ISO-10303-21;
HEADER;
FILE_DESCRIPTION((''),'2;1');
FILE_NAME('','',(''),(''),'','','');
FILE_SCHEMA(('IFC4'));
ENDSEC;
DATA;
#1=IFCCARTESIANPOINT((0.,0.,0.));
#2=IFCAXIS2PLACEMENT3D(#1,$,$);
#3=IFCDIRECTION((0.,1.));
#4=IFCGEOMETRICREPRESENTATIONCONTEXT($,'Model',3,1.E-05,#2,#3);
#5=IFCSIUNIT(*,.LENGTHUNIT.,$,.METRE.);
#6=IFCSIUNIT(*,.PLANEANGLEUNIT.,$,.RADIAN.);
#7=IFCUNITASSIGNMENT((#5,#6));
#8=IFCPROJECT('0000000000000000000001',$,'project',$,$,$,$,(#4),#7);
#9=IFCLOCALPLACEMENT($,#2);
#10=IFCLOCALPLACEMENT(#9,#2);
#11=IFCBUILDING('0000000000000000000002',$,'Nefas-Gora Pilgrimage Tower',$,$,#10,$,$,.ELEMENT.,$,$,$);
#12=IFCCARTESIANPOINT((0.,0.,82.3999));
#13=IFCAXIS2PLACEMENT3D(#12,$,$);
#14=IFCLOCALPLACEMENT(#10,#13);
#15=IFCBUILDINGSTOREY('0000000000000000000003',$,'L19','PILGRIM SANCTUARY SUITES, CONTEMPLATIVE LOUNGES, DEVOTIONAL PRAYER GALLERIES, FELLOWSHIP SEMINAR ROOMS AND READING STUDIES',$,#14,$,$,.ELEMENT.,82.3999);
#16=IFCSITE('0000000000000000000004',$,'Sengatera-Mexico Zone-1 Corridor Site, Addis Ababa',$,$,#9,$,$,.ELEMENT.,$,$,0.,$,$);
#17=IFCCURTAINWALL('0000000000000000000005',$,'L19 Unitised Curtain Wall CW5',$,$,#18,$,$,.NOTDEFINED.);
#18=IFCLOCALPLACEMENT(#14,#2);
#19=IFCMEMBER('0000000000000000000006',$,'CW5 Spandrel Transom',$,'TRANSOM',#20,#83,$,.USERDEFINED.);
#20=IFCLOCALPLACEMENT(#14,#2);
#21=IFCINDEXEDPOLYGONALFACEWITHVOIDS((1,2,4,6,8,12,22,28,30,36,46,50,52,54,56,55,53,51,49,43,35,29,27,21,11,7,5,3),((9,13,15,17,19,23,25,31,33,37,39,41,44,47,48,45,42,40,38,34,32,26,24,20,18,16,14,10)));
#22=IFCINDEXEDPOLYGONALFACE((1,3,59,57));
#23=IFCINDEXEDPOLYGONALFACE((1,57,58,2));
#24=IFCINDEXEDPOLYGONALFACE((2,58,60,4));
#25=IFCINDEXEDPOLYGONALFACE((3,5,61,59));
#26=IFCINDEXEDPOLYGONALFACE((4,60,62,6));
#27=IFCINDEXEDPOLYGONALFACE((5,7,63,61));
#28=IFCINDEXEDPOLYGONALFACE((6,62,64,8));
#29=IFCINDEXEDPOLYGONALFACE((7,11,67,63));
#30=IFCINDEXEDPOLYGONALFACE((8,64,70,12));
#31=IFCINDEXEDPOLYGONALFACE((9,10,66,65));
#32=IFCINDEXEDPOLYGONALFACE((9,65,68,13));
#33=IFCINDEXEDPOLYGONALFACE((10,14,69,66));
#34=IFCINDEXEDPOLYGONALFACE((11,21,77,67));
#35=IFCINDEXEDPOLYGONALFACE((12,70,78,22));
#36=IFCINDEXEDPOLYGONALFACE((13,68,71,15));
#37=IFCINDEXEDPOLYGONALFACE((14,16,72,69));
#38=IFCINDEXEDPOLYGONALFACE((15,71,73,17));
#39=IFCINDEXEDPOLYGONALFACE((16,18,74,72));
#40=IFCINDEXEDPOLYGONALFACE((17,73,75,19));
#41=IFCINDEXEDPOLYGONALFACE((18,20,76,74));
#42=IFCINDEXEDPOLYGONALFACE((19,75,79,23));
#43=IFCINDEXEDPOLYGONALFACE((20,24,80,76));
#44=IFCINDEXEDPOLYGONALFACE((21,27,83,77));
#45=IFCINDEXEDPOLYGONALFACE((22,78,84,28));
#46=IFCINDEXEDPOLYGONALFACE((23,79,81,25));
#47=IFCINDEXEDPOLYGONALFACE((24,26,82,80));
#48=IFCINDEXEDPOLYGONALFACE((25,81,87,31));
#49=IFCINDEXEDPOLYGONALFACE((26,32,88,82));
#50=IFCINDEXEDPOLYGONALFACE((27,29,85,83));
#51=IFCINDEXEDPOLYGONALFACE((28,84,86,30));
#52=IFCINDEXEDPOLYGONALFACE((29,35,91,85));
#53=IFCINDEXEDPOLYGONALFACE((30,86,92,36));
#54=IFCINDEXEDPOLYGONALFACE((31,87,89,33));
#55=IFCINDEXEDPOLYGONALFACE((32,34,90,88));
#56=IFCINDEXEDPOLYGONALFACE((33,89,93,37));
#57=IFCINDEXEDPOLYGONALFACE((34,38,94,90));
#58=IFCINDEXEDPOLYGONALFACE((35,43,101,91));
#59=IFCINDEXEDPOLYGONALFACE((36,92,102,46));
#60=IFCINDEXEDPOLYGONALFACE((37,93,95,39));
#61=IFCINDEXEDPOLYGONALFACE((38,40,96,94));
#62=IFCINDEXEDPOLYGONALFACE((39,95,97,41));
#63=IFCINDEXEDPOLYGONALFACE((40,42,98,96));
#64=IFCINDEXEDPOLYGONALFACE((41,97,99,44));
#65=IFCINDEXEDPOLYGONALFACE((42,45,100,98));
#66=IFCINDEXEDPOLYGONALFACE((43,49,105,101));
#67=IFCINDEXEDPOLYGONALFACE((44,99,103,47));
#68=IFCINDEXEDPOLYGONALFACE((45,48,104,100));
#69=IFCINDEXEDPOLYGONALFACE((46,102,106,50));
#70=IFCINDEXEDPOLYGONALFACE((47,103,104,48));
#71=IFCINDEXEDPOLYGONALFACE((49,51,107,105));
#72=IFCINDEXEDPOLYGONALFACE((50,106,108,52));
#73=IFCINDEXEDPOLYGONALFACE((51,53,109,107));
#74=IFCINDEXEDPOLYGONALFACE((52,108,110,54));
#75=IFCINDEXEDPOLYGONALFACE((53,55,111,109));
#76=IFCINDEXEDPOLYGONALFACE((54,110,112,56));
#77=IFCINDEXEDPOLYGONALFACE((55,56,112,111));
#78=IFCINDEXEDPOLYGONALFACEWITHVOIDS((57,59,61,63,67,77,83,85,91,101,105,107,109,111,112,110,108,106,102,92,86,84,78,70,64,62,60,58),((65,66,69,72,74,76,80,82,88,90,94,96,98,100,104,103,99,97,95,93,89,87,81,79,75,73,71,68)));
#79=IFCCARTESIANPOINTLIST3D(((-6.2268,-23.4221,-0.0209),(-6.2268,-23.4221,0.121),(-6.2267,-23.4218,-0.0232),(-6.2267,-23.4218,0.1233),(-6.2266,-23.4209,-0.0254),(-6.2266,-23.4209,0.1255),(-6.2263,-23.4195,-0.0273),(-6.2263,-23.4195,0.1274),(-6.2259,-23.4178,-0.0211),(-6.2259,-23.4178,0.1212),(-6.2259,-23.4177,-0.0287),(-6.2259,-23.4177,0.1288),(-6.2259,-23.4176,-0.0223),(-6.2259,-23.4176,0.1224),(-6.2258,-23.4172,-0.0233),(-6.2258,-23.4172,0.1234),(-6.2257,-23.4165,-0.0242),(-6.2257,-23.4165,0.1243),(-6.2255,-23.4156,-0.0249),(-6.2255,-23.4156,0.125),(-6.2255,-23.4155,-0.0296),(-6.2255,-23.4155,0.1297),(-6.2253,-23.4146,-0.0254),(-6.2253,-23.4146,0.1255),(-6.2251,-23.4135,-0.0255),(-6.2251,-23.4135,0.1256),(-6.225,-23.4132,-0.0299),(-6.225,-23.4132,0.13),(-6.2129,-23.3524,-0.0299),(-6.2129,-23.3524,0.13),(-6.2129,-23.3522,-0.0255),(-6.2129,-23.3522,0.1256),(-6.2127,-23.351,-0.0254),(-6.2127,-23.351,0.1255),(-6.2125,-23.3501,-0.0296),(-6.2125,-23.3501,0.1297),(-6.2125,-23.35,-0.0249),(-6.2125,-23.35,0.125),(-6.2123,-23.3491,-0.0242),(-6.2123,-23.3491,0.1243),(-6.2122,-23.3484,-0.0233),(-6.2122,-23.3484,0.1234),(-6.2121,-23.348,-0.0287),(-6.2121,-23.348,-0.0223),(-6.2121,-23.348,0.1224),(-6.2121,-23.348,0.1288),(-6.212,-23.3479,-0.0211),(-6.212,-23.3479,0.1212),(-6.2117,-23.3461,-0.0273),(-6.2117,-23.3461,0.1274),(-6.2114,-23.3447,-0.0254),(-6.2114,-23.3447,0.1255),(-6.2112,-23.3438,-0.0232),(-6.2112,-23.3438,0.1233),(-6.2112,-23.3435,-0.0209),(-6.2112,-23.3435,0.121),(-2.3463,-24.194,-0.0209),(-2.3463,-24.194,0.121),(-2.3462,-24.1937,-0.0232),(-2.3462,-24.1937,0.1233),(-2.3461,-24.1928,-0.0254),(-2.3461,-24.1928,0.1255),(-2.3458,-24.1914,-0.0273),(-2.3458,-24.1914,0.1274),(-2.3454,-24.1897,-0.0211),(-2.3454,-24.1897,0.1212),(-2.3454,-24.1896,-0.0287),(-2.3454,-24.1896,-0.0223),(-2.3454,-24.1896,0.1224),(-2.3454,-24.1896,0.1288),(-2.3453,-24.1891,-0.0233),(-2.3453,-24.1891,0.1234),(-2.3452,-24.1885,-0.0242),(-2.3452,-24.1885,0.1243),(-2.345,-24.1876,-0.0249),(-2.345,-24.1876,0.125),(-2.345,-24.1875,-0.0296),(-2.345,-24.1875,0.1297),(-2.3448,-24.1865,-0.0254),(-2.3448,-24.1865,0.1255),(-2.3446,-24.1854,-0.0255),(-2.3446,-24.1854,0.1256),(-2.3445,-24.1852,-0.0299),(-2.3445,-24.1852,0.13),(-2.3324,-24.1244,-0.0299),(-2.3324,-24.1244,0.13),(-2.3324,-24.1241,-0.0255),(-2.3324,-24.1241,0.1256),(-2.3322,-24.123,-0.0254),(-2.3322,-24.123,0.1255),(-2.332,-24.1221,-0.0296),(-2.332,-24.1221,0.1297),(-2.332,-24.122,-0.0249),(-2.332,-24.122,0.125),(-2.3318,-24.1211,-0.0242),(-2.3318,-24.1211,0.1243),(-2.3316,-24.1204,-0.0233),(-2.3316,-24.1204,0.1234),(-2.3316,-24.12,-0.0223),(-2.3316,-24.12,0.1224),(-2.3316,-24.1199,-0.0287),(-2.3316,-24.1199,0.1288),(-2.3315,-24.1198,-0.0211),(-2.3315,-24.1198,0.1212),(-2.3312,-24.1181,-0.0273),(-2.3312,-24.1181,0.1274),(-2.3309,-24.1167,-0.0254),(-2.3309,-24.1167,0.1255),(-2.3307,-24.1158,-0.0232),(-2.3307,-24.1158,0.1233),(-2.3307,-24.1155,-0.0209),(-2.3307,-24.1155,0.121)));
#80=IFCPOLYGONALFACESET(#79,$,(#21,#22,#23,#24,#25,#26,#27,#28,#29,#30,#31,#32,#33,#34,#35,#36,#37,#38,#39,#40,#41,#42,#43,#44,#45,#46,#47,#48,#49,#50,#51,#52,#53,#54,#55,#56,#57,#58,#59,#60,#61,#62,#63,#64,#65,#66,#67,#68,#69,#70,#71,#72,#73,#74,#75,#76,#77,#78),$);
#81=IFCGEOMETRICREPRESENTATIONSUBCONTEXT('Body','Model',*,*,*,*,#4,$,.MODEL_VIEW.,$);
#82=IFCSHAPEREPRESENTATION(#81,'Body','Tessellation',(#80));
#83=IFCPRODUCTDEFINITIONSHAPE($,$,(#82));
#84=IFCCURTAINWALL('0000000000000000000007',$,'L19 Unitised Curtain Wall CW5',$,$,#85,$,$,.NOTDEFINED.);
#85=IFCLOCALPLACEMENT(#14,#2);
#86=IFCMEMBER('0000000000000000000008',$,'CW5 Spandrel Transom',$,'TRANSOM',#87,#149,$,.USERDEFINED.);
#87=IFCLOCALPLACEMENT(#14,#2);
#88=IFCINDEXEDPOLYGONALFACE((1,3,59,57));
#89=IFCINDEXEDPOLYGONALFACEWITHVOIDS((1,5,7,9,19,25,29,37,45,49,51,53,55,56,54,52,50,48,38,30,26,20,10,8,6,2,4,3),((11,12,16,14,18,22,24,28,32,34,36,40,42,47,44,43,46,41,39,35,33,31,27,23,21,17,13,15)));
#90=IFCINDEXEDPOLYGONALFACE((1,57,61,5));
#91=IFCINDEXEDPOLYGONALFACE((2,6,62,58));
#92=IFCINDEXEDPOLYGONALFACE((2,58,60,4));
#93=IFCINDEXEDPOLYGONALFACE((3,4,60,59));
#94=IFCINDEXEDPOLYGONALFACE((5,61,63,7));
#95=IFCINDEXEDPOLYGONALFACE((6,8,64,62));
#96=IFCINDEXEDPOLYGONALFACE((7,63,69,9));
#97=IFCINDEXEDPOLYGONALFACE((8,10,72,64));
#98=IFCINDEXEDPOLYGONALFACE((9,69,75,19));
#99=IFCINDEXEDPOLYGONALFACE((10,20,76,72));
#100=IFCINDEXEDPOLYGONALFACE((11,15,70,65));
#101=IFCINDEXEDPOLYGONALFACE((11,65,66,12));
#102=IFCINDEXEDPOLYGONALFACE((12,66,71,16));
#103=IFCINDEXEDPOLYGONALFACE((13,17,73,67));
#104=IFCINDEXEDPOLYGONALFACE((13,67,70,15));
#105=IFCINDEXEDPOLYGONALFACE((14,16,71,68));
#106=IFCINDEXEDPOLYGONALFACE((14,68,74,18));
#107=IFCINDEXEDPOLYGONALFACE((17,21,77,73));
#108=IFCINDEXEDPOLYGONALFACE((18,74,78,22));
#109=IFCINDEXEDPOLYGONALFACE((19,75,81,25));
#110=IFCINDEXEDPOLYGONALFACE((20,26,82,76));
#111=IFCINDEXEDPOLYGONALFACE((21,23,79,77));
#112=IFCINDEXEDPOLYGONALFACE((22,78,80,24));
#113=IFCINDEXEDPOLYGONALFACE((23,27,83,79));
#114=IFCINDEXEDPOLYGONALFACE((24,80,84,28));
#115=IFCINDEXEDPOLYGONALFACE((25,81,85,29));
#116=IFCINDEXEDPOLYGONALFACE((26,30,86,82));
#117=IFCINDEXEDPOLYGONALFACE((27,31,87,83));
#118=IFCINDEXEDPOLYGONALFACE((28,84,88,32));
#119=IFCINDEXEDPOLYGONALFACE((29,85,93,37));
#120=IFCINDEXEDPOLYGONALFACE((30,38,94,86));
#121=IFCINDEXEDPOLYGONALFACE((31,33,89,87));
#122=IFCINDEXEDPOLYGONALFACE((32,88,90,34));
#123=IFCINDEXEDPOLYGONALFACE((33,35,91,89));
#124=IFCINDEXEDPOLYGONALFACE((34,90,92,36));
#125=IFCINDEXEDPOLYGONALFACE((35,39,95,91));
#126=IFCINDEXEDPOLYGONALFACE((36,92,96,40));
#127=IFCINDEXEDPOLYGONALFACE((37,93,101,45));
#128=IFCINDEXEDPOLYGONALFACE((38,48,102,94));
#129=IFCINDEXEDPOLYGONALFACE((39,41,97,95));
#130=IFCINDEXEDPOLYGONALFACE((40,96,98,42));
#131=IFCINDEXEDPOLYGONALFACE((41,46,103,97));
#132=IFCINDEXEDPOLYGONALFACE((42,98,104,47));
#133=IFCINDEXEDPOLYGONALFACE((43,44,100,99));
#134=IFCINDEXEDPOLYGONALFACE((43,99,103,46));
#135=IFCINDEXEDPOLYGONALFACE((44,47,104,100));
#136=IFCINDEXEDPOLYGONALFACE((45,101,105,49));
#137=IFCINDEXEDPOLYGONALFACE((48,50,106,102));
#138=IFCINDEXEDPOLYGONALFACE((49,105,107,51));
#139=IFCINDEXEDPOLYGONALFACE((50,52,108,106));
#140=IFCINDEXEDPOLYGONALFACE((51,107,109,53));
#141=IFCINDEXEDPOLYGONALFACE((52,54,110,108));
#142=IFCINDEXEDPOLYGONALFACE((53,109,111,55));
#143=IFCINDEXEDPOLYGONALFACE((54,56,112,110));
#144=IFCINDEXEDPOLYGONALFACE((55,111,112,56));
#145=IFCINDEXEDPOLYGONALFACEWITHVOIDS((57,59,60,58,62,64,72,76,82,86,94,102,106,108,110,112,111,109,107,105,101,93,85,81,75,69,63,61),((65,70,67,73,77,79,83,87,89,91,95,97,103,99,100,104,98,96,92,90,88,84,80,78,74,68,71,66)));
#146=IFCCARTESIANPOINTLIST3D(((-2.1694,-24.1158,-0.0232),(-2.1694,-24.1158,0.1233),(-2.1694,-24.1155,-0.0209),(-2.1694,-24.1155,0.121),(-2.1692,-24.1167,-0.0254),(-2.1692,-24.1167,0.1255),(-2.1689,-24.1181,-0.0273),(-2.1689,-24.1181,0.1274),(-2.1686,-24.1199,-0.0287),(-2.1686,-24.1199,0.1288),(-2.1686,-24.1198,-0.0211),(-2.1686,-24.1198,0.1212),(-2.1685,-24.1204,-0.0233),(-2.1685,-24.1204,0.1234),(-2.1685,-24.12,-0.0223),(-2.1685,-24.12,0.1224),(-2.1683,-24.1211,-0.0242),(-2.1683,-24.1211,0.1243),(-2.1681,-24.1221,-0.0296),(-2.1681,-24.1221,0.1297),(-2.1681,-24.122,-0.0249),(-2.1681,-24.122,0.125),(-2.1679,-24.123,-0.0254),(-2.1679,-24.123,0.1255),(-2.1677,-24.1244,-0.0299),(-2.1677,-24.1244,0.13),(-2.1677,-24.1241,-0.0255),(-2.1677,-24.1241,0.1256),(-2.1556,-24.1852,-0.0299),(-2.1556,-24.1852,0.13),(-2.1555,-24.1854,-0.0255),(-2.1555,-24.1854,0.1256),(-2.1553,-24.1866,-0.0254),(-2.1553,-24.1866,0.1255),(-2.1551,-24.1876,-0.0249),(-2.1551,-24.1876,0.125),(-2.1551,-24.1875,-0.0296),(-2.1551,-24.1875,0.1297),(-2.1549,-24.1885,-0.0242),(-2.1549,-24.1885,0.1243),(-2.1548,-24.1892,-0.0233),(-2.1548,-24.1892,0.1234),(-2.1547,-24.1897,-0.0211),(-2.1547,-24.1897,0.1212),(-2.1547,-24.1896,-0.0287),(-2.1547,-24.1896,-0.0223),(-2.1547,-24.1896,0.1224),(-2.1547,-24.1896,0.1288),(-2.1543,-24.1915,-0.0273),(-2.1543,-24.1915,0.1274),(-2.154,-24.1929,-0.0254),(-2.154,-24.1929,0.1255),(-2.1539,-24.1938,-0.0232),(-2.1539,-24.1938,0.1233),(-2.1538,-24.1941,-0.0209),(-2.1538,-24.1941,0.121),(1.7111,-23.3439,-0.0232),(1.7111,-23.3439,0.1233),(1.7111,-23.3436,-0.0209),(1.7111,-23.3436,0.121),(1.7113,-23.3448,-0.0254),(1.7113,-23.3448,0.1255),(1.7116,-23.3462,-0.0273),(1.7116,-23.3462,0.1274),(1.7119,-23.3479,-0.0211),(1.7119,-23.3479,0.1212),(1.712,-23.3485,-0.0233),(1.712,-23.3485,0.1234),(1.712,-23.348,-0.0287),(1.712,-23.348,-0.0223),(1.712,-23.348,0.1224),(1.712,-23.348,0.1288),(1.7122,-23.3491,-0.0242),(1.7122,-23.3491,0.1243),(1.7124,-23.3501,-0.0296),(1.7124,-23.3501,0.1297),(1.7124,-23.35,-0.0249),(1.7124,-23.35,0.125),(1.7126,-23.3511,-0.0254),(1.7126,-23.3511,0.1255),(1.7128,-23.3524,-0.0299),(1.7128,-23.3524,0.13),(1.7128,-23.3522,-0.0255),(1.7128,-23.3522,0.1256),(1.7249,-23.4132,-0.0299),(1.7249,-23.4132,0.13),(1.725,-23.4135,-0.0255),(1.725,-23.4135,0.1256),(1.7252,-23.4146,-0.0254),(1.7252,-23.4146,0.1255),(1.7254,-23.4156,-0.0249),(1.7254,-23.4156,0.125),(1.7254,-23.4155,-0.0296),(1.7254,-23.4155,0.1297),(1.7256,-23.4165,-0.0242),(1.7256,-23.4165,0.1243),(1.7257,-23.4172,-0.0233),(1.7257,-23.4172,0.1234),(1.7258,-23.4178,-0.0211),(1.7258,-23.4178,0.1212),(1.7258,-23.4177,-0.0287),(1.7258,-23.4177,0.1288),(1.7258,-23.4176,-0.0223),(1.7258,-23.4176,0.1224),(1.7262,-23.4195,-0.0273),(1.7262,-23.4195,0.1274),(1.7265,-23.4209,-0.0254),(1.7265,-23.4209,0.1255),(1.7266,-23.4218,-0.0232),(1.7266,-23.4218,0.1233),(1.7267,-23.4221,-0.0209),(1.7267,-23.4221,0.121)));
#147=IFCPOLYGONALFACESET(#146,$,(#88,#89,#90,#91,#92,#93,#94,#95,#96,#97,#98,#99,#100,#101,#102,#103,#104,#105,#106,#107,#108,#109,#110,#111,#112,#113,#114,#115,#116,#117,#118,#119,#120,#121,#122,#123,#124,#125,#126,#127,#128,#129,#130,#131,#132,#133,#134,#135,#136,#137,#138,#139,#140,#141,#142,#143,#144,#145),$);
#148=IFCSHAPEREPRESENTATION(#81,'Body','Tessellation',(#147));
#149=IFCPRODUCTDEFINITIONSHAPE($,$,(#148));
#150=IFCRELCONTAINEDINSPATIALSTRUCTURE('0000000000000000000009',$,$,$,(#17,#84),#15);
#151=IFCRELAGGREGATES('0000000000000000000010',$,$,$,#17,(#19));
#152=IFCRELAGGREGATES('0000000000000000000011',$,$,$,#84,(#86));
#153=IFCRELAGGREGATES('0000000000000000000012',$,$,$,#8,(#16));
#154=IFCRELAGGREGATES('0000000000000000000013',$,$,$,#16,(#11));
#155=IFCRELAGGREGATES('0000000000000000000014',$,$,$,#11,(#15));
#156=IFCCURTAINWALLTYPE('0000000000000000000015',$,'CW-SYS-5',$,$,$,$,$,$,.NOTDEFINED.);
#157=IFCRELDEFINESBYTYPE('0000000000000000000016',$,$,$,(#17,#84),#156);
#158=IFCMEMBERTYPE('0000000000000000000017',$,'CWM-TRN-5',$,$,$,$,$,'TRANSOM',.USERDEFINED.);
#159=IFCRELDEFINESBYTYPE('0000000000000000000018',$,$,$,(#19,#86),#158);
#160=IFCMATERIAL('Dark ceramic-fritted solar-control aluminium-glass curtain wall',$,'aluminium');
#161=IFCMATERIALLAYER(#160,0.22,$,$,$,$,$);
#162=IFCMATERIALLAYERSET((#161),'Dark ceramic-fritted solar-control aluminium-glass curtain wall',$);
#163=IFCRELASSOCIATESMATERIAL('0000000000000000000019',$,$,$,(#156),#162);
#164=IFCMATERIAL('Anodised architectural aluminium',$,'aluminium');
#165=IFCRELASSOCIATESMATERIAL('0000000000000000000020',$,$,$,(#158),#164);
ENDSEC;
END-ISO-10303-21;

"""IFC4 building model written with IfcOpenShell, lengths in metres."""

from ifc_helpers import new_model, si_unit, direction, frame, origin, origin_2d, place, context, subcontext, project, spatial, hollow_rectangle, extrude, source, transform, mapped, material, layer, layer_set, material_profile, profile_set, type_object, element, aggregate, save


model = new_model("IFC4")

# Units and contexts
model_context = context("Model", 3, precision=1e-05, world=origin(), true_north=direction((0.0, 1.0)))
body_context = subcontext(model_context, "Body", "Model", "MODEL_VIEW")
ifc_project = project(units=[si_unit("LENGTHUNIT", "METRE"), si_unit("PLANEANGLEUNIT", "RADIAN")], contexts=[model_context])

# Site, building, storey
site_placement = place(None, origin())
site = spatial("IfcSite", under=ifc_project, at=site_placement, Name="Sengatera-Mexico Zone-1 Corridor Site, Addis Ababa", CompositionType="ELEMENT", RefElevation=0.0)
building_placement = place(site_placement, origin())
building = spatial("IfcBuilding", under=site, at=building_placement, Name="Nefas-Gora Pilgrimage Tower", CompositionType="ELEMENT")
storey_placement = place(building_placement, frame((0.0, 0.0, 82.3999)))
storey = spatial("IfcBuildingStorey", under=building, at=storey_placement, Name="L19", Description="PILGRIM SANCTUARY SUITES, CONTEMPLATIVE LOUNGES, DEVOTIONAL PRAYER GALLERIES, FELLOWSHIP SEMINAR ROOMS AND READING STUDIES", CompositionType="ELEMENT", Elevation=82.3999)

# Curtain walls, members
ifc_material_1 = material(Name="Dark ceramic-fritted solar-control aluminium-glass curtain wall", Category="aluminium")
ifc_layer_1 = layer(ifc_material_1, 0.22)
ifc_layer_set_1 = layer_set([ifc_layer_1], Name="Dark ceramic-fritted solar-control aluminium-glass curtain wall")
curtain_wall_type = type_object("IfcCurtainWallType", Name="CW-SYS-5", PredefinedType="NOTDEFINED", material=ifc_layer_set_1)
curtain_wall_1_placement = place(storey_placement, origin())
curtain_wall_1 = element("IfcCurtainWall", 1, at=curtain_wall_1_placement, inside=storey, type_object=curtain_wall_type, Name="L19 Unitised Curtain Wall CW5", PredefinedType="NOTDEFINED")
ifc_material_2 = material(Name="Anodised architectural aluminium", Category="aluminium")
ifc_material_profile_1 = material_profile(ifc_material_2, hollow_rectangle(XDim=0.0801, YDim=0.1599, WallThickness=0.0044, InnerFilletRadius=0.0044, OuterFilletRadius=0.009, at=origin_2d()), Name="ALU TRANSOM 80x160")
ifc_profile_set_1 = profile_set([ifc_material_profile_1], Name="Anodised architectural aluminium")
member_type_1 = type_object("IfcMemberType", Name="CWM-TRN-5", ElementType="TRANSOM", PredefinedType="USERDEFINED", material=ifc_profile_set_1)
shared_shape_1 = source(origin(), body_context, "Body", "SweptSolid", [
    extrude(hollow_rectangle(XDim=0.0801, YDim=0.1599, WallThickness=0.0044, InnerFilletRadius=0.0044, OuterFilletRadius=0.009, at=origin_2d()), origin(), (0.0, 0.0, 1.0), 3.9565),
])
member_1_placement = place(storey_placement, frame((-6.219, -23.3828, 0.05), z_axis=(0.980782, -0.195107, 0.0), x_axis=(0.195107, 0.980782, 0.0)))
member_1 = element("IfcMember", 2, at=member_1_placement, type_object=member_type_1, Name="CW5 Spandrel Transom", ObjectType="TRANSOM", PredefinedType="USERDEFINED", context=body_context, shape_type="MappedRepresentation", body=[
    mapped(shared_shape_1, transform((0.0, 0.0, 0.0), x_axis=(1.0, 0.0, 0.0), y_axis=(0.0, 1.0, 0.0), z_axis=(0.0, 0.0, 1.0), scale=1.0)),
])
curtain_wall_2_placement = place(storey_placement, origin())
curtain_wall_2 = element("IfcCurtainWall", 3, at=curtain_wall_2_placement, inside=storey, type_object=curtain_wall_type, Name="L19 Unitised Curtain Wall CW5", PredefinedType="NOTDEFINED")
member_2_placement = place(storey_placement, frame((-2.1616, -24.1548, 0.05), z_axis=(0.980782, 0.195107, 0.0), x_axis=(-0.195107, 0.980782, 0.0)))
member_2 = element("IfcMember", 4, at=member_2_placement, type_object=member_type_1, Name="CW5 Spandrel Transom", ObjectType="TRANSOM", PredefinedType="USERDEFINED", context=body_context, shape_type="MappedRepresentation", body=[
    mapped(shared_shape_1, transform((0.0, 0.0, 0.0), x_axis=(1.0, 0.0, 0.0), y_axis=(0.0, 1.0, 0.0), z_axis=(0.0, 0.0, 1.0), scale=1.0)),
])

aggregate(curtain_wall_1, [member_1])
aggregate(curtain_wall_2, [member_2])

save(model, "model.ifc")
